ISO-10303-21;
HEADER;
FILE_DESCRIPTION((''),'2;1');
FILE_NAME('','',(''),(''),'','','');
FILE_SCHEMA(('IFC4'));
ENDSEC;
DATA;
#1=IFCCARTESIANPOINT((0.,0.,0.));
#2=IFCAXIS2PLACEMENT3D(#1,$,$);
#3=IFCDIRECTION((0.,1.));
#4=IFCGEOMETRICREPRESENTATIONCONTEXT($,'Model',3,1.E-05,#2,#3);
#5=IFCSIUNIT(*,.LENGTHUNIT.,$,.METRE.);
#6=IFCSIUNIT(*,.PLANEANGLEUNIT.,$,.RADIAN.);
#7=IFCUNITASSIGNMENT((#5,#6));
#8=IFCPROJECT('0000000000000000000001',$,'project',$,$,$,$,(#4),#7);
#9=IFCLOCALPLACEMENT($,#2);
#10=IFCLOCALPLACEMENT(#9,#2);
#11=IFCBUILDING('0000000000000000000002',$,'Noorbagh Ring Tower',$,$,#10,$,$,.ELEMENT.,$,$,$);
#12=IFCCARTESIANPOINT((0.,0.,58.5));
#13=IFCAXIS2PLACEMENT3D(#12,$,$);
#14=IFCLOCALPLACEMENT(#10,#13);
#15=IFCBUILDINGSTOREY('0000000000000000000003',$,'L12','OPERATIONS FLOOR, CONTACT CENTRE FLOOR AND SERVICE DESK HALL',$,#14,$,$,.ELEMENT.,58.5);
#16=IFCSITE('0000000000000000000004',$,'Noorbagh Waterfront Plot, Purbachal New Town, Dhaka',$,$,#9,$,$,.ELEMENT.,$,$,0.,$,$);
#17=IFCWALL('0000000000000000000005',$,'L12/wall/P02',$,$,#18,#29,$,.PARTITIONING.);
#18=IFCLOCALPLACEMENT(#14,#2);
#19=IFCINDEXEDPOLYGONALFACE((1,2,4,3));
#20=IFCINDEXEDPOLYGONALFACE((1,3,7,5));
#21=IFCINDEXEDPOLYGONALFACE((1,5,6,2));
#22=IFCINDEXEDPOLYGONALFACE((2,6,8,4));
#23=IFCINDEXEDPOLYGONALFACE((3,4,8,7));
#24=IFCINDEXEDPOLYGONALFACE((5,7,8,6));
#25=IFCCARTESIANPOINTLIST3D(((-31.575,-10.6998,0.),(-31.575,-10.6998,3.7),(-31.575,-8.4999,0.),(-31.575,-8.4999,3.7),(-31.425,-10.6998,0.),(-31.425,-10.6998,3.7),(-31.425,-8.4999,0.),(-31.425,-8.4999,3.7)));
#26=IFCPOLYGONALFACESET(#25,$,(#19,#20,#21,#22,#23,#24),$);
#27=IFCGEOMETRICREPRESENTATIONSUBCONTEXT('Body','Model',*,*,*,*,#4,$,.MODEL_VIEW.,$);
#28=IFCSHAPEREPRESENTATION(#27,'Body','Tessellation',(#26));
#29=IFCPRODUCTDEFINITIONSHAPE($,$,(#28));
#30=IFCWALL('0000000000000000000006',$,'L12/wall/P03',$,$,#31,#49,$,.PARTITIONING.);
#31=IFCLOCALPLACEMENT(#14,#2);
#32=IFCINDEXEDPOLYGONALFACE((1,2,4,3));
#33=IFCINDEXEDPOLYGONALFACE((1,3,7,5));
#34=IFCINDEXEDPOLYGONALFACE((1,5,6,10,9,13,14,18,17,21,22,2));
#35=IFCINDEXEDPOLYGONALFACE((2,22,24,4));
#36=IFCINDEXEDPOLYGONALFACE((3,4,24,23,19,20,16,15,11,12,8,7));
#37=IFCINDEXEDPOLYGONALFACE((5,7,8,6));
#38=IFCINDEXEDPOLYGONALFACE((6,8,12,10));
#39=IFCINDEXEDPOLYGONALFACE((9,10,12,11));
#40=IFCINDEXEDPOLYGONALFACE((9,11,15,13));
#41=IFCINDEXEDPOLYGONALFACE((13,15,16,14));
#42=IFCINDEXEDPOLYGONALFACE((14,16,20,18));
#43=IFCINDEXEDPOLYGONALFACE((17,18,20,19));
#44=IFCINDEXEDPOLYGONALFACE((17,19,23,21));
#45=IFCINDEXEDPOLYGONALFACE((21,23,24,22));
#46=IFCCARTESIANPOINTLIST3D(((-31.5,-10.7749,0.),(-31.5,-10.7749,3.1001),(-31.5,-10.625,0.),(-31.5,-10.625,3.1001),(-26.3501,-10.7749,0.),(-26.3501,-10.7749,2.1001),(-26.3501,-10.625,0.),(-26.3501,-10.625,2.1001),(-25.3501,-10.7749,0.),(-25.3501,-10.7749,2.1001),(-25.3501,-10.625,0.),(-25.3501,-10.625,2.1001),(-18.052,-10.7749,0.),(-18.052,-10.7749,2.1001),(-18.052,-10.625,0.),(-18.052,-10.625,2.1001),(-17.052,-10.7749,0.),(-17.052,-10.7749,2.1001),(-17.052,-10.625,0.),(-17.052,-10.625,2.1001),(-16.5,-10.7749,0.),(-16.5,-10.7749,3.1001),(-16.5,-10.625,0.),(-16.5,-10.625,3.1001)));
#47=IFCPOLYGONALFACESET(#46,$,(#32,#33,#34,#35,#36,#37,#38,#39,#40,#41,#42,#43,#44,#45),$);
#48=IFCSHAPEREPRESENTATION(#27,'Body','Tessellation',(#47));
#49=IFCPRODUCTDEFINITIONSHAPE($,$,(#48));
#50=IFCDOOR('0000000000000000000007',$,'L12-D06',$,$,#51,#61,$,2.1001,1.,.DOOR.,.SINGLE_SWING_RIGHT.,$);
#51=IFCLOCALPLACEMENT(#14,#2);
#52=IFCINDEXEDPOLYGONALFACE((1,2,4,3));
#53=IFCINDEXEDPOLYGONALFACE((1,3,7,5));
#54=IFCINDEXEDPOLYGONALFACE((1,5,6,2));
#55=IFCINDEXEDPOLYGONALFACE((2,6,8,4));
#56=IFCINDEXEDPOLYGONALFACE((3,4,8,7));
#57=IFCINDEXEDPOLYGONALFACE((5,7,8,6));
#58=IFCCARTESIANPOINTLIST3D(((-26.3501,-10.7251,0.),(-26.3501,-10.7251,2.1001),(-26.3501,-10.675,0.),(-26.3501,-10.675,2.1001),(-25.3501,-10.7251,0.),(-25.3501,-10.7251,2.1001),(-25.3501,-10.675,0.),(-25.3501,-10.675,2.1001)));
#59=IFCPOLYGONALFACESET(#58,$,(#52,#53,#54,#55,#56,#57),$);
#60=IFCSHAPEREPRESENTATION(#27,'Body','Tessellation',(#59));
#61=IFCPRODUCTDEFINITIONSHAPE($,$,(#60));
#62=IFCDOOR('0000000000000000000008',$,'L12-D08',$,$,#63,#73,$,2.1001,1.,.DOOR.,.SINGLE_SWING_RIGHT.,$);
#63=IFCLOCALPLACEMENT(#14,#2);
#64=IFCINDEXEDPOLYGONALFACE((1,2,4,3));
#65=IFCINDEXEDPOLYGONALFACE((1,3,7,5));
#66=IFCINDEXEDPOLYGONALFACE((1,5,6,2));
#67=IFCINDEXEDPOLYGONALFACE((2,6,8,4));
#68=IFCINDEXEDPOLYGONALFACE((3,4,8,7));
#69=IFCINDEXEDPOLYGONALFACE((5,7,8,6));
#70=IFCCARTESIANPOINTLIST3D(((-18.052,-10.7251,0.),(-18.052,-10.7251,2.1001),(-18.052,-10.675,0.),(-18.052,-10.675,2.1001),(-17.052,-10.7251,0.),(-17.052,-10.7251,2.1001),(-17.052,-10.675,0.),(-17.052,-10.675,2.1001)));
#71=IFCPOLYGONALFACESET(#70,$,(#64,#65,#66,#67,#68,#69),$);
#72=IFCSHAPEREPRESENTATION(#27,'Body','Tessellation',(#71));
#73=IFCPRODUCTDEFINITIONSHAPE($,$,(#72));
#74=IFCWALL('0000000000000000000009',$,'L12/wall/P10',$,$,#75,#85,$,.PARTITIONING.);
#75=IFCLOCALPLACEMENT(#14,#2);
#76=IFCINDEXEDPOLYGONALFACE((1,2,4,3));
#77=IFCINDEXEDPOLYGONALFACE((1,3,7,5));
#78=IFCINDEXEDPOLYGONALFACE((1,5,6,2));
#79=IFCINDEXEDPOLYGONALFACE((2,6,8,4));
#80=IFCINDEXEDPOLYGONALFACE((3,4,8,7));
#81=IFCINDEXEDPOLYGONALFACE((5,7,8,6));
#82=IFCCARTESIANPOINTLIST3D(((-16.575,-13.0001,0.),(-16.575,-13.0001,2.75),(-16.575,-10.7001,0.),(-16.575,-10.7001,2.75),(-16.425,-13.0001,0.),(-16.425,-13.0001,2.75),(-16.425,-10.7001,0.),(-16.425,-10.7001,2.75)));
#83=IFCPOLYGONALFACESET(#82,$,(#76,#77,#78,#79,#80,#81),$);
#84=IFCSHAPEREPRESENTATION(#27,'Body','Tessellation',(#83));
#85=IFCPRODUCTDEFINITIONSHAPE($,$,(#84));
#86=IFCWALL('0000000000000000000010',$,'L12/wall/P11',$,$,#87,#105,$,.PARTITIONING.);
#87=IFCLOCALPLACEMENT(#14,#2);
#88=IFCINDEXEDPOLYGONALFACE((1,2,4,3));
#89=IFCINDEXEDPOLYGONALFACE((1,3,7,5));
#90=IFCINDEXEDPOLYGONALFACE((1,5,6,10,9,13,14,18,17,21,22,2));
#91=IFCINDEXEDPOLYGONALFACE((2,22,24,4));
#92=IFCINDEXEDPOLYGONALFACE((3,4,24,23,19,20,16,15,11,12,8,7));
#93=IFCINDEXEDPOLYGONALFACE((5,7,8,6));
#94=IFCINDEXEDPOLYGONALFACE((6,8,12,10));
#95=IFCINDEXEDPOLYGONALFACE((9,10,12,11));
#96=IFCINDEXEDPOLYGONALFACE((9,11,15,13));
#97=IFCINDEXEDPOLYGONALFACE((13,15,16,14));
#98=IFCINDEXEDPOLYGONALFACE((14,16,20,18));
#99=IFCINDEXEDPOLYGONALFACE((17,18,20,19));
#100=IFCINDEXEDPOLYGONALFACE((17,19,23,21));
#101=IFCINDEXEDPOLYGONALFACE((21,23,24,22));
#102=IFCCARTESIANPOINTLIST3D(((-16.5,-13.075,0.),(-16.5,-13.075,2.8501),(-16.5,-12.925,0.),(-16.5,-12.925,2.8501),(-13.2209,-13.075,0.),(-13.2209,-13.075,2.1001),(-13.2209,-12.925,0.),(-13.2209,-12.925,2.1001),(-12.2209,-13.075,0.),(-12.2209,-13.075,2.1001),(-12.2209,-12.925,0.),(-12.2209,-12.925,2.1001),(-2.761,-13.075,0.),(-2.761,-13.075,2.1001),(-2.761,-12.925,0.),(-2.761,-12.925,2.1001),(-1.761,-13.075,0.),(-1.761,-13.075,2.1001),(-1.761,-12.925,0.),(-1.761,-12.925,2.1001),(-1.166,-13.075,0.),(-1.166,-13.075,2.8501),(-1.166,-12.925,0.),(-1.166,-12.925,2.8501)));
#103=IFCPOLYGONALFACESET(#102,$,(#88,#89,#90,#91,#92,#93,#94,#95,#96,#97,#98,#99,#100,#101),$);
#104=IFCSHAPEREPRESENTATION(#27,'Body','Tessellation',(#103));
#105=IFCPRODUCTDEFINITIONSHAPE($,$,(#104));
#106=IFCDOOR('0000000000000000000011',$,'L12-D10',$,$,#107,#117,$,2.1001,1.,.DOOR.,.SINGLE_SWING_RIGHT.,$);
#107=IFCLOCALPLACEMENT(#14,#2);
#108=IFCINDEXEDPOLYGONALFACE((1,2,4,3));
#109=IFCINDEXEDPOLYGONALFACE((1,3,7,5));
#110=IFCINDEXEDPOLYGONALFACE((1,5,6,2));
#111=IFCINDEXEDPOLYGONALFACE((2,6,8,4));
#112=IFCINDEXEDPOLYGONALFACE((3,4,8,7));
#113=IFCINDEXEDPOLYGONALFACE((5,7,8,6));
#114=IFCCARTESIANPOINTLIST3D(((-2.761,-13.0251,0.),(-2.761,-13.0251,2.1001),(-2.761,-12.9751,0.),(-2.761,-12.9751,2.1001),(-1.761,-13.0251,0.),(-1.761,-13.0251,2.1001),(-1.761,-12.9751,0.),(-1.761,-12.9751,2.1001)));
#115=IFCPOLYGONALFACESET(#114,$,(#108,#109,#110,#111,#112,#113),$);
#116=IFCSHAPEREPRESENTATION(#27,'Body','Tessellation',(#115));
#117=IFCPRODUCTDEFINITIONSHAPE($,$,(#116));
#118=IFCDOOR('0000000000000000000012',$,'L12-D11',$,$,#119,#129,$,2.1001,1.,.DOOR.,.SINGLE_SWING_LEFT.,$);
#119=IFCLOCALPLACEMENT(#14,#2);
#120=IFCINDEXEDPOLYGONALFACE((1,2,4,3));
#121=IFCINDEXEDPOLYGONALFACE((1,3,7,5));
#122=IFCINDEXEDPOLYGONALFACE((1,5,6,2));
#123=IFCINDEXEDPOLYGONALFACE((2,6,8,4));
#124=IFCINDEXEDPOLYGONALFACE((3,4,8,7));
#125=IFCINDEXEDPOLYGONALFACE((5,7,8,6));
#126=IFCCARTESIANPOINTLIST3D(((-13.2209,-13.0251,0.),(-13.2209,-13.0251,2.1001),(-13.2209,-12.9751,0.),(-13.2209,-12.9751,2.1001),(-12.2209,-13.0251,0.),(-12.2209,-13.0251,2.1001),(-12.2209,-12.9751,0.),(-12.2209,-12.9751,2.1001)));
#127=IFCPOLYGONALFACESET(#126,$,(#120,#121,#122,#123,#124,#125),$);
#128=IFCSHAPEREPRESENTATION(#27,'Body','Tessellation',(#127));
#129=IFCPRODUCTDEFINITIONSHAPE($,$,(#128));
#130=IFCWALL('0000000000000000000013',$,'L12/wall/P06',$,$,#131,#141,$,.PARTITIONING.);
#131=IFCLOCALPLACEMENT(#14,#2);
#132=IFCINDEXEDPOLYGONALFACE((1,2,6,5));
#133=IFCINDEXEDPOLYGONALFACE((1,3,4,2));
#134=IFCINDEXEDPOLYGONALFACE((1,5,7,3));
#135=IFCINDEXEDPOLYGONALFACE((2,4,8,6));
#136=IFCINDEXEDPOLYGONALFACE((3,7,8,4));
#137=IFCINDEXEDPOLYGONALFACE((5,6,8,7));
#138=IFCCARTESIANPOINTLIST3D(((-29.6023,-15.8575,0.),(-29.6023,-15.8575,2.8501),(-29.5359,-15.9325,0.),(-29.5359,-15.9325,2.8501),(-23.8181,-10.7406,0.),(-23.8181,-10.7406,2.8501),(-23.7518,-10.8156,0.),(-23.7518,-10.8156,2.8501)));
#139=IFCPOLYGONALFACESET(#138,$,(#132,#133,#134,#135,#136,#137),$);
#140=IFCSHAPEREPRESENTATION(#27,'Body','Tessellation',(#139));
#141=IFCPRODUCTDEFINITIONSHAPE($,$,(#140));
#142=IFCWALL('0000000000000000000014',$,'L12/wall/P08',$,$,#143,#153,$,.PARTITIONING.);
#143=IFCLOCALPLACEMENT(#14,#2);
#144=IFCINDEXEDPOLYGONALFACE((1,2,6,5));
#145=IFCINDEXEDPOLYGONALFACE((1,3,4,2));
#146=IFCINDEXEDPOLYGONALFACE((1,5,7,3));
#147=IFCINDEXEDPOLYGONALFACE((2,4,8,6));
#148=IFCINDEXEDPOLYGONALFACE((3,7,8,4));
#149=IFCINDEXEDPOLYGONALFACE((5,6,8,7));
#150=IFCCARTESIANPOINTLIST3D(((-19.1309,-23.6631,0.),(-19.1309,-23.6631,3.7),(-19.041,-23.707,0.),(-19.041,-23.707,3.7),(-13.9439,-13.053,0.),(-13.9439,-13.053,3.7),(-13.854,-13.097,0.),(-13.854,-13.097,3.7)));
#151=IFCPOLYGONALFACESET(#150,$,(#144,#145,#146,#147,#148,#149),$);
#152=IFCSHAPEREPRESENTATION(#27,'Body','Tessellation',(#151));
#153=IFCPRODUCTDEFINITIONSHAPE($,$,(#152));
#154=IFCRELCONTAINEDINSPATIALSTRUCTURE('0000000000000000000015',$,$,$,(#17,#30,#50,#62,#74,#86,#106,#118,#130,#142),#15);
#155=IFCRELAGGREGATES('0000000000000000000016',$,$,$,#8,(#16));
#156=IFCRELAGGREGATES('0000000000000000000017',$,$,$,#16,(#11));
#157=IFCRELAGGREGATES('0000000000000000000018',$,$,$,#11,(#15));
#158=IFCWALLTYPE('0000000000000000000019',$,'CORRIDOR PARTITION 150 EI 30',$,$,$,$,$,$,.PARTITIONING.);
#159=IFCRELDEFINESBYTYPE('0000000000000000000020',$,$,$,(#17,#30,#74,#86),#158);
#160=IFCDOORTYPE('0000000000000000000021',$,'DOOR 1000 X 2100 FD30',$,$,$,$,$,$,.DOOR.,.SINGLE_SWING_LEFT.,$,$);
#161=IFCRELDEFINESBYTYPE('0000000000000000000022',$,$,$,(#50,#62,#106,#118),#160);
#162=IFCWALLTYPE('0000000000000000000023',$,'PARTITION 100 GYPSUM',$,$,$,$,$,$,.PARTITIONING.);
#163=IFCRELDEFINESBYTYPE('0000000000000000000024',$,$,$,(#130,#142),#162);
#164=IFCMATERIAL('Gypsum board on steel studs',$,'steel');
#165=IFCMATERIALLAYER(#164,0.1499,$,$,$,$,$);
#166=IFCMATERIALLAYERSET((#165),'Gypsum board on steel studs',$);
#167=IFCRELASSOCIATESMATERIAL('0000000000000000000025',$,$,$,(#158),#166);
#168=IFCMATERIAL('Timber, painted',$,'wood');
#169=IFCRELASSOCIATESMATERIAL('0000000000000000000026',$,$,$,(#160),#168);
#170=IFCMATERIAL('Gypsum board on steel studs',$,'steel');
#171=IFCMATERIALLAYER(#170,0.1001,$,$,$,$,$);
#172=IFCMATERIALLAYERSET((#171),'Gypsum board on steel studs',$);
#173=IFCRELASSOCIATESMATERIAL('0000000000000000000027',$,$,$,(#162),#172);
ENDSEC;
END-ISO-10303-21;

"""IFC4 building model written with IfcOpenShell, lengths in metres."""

from ifc_helpers import new_model, si_unit, direction, frame, frame_2d, origin, place, context, subcontext, project, spatial, rectangle, extrude, material, layer, layer_set, type_object, element, fill, save


model = new_model("IFC4")

# Units and contexts
model_context = context("Model", 3, precision=1e-05, world=origin(), true_north=direction((0.0, 1.0)))
body_context = subcontext(model_context, "Body", "Model", "MODEL_VIEW")
ifc_project = project(units=[si_unit("LENGTHUNIT", "METRE"), si_unit("PLANEANGLEUNIT", "RADIAN")], contexts=[model_context])

# Site, building, storey
site_placement = place(None, origin())
site = spatial("IfcSite", under=ifc_project, at=site_placement, Name="Noorbagh Waterfront Plot, Purbachal New Town, Dhaka", CompositionType="ELEMENT", RefElevation=0.0)
building_placement = place(site_placement, origin())
building = spatial("IfcBuilding", under=site, at=building_placement, Name="Noorbagh Ring Tower", CompositionType="ELEMENT")
storey_placement = place(building_placement, frame((0.0, 0.0, 58.5)))
storey = spatial("IfcBuildingStorey", under=building, at=storey_placement, Name="L12", Description="OPERATIONS FLOOR, CONTACT CENTRE FLOOR AND SERVICE DESK HALL", CompositionType="ELEMENT", Elevation=58.5)

# Wall
ifc_material_1 = material(Name="Gypsum board on steel studs", Category="steel")
ifc_layer_1 = layer(ifc_material_1, 0.1499)
ifc_layer_set_1 = layer_set([ifc_layer_1], Name="Gypsum board on steel studs")
wall_type_1 = type_object("IfcWallType", Name="CORRIDOR PARTITION 150 EI 30", PredefinedType="PARTITIONING", material=ifc_layer_set_1)
wall_1_placement = place(storey_placement, frame((-31.5, -10.7, 0.0), z_axis=(0.0, 0.0, 1.0), x_axis=(0.0, 1.0, 0.0)))
element("IfcWall", 1, at=wall_1_placement, inside=storey, type_object=wall_type_1, Name="L12/wall/P02", PredefinedType="PARTITIONING", context=body_context, shape_type="SweptSolid", body=[
    extrude(rectangle(XDim=2.2, YDim=0.1499, at=frame_2d((1.1001, 0.0))), origin(), (0.0, 0.0, 1.0), 3.7),
])

# Wall, openings, doors
wall_2_placement = place(storey_placement, frame((-31.5, -10.7, 0.0), z_axis=(0.0, 0.0, 1.0), x_axis=(1.0, 0.0, 0.0)))
wall_2 = element("IfcWall", 2, at=wall_2_placement, inside=storey, type_object=wall_type_1, Name="L12/wall/P03", PredefinedType="PARTITIONING", context=body_context, shape_type="SweptSolid", body=[
    extrude(rectangle(XDim=15.0, YDim=0.1499, at=frame_2d((7.5, 0.0))), origin(), (0.0, 0.0, 1.0), 3.1001),
])
opening_1_placement = place(wall_2_placement, frame((5.1499, 0.0, 0.0)))
opening_1 = element("IfcOpeningElement", 3, at=opening_1_placement, cuts=wall_2, PredefinedType="OPENING", context=body_context, shape_type="SweptSolid", body=[
    extrude(rectangle(XDim=1.0, YDim=2.1001, at=frame_2d((0.5, 1.05))), frame((0.0, 0.085, 0.0), z_axis=(0.0, -1.0, 0.0), x_axis=(1.0, 0.0, 0.0)), (0.0, 0.0, 1.0), 0.1699),
])
opening_2_placement = place(wall_2_placement, frame((13.448, 0.0, 0.0)))
opening_2 = element("IfcOpeningElement", 4, at=opening_2_placement, cuts=wall_2, PredefinedType="OPENING", context=body_context, shape_type="SweptSolid", body=[
    extrude(rectangle(XDim=1.0, YDim=2.1001, at=frame_2d((0.5, 1.05))), frame((0.0, 0.085, 0.0), z_axis=(0.0, -1.0, 0.0), x_axis=(1.0, 0.0, 0.0)), (0.0, 0.0, 1.0), 0.1699),
])
ifc_material_2 = material(Name="Timber, painted", Category="wood")
door_type = type_object("IfcDoorType", Name="DOOR 1000 X 2100 FD30", OperationType="SINGLE_SWING_LEFT", PredefinedType="DOOR", material=ifc_material_2)
door_1_placement = place(opening_1_placement, origin())
door_1 = element("IfcDoor", 5, at=door_1_placement, inside=storey, type_object=door_type, Name="L12-D06", OperationType="SINGLE_SWING_RIGHT", OverallHeight=2.1001, OverallWidth=1.0, PredefinedType="DOOR", context=body_context, shape_type="SweptSolid", body=[
    extrude(rectangle(XDim=1.0, YDim=2.1001, at=frame_2d((0.5, 1.05))), frame((0.0, 0.0249, 0.0), z_axis=(0.0, -1.0, 0.0), x_axis=(1.0, 0.0, 0.0)), (0.0, 0.0, 1.0), 0.05),
])
fill(opening_1, door_1)
door_2_placement = place(opening_2_placement, origin())
door_2 = element("IfcDoor", 6, at=door_2_placement, inside=storey, type_object=door_type, Name="L12-D08", OperationType="SINGLE_SWING_RIGHT", OverallHeight=2.1001, OverallWidth=1.0, PredefinedType="DOOR", context=body_context, shape_type="SweptSolid", body=[
    extrude(rectangle(XDim=1.0, YDim=2.1001, at=frame_2d((0.5, 1.05))), frame((0.0, 0.0249, 0.0), z_axis=(0.0, -1.0, 0.0), x_axis=(1.0, 0.0, 0.0)), (0.0, 0.0, 1.0), 0.05),
])
fill(opening_2, door_2)

# Wall
wall_3_placement = place(storey_placement, frame((-16.5, -13.0, 0.0), z_axis=(0.0, 0.0, 1.0), x_axis=(0.0, 1.0, 0.0)))
element("IfcWall", 7, at=wall_3_placement, inside=storey, type_object=wall_type_1, Name="L12/wall/P10", PredefinedType="PARTITIONING", context=body_context, shape_type="SweptSolid", body=[
    extrude(rectangle(XDim=2.3, YDim=0.1499, at=frame_2d((1.1499, 0.0))), origin(), (0.0, 0.0, 1.0), 2.75),
])

# Wall, openings, doors
wall_4_placement = place(storey_placement, frame((-16.5, -13.0, 0.0), z_axis=(0.0, 0.0, 1.0), x_axis=(1.0, 0.0, 0.0)))
wall_4 = element("IfcWall", 8, at=wall_4_placement, inside=storey, type_object=wall_type_1, Name="L12/wall/P11", PredefinedType="PARTITIONING", context=body_context, shape_type="SweptSolid", body=[
    extrude(rectangle(XDim=15.334, YDim=0.1499, at=frame_2d((7.667, 0.0))), origin(), (0.0, 0.0, 1.0), 2.8501),
])
opening_3_placement = place(wall_4_placement, frame((13.739, 0.0, 0.0)))
opening_3 = element("IfcOpeningElement", 9, at=opening_3_placement, cuts=wall_4, PredefinedType="OPENING", context=body_context, shape_type="SweptSolid", body=[
    extrude(rectangle(XDim=1.0, YDim=2.1001, at=frame_2d((0.5, 1.05))), frame((0.0, 0.085, 0.0), z_axis=(0.0, -1.0, 0.0), x_axis=(1.0, 0.0, 0.0)), (0.0, 0.0, 1.0), 0.1699),
])
opening_4_placement = place(wall_4_placement, frame((3.2791, 0.0, 0.0)))
opening_4 = element("IfcOpeningElement", 10, at=opening_4_placement, cuts=wall_4, PredefinedType="OPENING", context=body_context, shape_type="SweptSolid", body=[
    extrude(rectangle(XDim=1.0, YDim=2.1001, at=frame_2d((0.5, 1.05))), frame((0.0, 0.085, 0.0), z_axis=(0.0, -1.0, 0.0), x_axis=(1.0, 0.0, 0.0)), (0.0, 0.0, 1.0), 0.1699),
])
door_3_placement = place(opening_3_placement, origin())
door_3 = element("IfcDoor", 11, at=door_3_placement, inside=storey, type_object=door_type, Name="L12-D10", OperationType="SINGLE_SWING_RIGHT", OverallHeight=2.1001, OverallWidth=1.0, PredefinedType="DOOR", context=body_context, shape_type="SweptSolid", body=[
    extrude(rectangle(XDim=1.0, YDim=2.1001, at=frame_2d((0.5, 1.05))), frame((0.0, 0.0249, 0.0), z_axis=(0.0, -1.0, 0.0), x_axis=(1.0, 0.0, 0.0)), (0.0, 0.0, 1.0), 0.05),
])
fill(opening_3, door_3)
door_4_placement = place(opening_4_placement, origin())
door_4 = element("IfcDoor", 12, at=door_4_placement, inside=storey, type_object=door_type, Name="L12-D11", OperationType="SINGLE_SWING_LEFT", OverallHeight=2.1001, OverallWidth=1.0, PredefinedType="DOOR", context=body_context, shape_type="SweptSolid", body=[
    extrude(rectangle(XDim=1.0, YDim=2.1001, at=frame_2d((0.5, 1.05))), frame((0.0, 0.0249, 0.0), z_axis=(0.0, -1.0, 0.0), x_axis=(1.0, 0.0, 0.0)), (0.0, 0.0, 1.0), 0.05),
])
fill(opening_4, door_4)

# Walls
ifc_material_3 = material(Name="Gypsum board on steel studs", Category="steel")
ifc_layer_2 = layer(ifc_material_3, 0.1001)
ifc_layer_set_2 = layer_set([ifc_layer_2], Name="Gypsum board on steel studs")
wall_type_2 = type_object("IfcWallType", Name="PARTITION 100 GYPSUM", PredefinedType="PARTITIONING", material=ifc_layer_set_2)
wall_5_placement = place(storey_placement, frame((-29.5691, -15.895, 0.0), z_axis=(0.0, 0.0, 1.0), x_axis=(0.748986, 0.662586, 0.0)))
element("IfcWall", 13, at=wall_5_placement, inside=storey, type_object=wall_type_2, Name="L12/wall/P06", PredefinedType="PARTITIONING", context=body_context, shape_type="SweptSolid", body=[
    extrude(rectangle(XDim=7.7227, YDim=0.1001, at=frame_2d((3.8613, 0.0))), origin(), (0.0, 0.0, 1.0), 2.8501),
])
wall_6_placement = place(storey_placement, frame((-19.0859, -23.6851, 0.0), z_axis=(0.0, 0.0, 1.0), x_axis=(0.4392, 0.898389, 0.0)))
element("IfcWall", 14, at=wall_6_placement, inside=storey, type_object=wall_type_2, Name="L12/wall/P08", PredefinedType="PARTITIONING", context=body_context, shape_type="SweptSolid", body=[
    extrude(rectangle(XDim=11.8101, YDim=0.1001, at=frame_2d((5.905, 0.0))), origin(), (0.0, 0.0, 1.0), 3.7),
])

save(model, "model.ifc")
